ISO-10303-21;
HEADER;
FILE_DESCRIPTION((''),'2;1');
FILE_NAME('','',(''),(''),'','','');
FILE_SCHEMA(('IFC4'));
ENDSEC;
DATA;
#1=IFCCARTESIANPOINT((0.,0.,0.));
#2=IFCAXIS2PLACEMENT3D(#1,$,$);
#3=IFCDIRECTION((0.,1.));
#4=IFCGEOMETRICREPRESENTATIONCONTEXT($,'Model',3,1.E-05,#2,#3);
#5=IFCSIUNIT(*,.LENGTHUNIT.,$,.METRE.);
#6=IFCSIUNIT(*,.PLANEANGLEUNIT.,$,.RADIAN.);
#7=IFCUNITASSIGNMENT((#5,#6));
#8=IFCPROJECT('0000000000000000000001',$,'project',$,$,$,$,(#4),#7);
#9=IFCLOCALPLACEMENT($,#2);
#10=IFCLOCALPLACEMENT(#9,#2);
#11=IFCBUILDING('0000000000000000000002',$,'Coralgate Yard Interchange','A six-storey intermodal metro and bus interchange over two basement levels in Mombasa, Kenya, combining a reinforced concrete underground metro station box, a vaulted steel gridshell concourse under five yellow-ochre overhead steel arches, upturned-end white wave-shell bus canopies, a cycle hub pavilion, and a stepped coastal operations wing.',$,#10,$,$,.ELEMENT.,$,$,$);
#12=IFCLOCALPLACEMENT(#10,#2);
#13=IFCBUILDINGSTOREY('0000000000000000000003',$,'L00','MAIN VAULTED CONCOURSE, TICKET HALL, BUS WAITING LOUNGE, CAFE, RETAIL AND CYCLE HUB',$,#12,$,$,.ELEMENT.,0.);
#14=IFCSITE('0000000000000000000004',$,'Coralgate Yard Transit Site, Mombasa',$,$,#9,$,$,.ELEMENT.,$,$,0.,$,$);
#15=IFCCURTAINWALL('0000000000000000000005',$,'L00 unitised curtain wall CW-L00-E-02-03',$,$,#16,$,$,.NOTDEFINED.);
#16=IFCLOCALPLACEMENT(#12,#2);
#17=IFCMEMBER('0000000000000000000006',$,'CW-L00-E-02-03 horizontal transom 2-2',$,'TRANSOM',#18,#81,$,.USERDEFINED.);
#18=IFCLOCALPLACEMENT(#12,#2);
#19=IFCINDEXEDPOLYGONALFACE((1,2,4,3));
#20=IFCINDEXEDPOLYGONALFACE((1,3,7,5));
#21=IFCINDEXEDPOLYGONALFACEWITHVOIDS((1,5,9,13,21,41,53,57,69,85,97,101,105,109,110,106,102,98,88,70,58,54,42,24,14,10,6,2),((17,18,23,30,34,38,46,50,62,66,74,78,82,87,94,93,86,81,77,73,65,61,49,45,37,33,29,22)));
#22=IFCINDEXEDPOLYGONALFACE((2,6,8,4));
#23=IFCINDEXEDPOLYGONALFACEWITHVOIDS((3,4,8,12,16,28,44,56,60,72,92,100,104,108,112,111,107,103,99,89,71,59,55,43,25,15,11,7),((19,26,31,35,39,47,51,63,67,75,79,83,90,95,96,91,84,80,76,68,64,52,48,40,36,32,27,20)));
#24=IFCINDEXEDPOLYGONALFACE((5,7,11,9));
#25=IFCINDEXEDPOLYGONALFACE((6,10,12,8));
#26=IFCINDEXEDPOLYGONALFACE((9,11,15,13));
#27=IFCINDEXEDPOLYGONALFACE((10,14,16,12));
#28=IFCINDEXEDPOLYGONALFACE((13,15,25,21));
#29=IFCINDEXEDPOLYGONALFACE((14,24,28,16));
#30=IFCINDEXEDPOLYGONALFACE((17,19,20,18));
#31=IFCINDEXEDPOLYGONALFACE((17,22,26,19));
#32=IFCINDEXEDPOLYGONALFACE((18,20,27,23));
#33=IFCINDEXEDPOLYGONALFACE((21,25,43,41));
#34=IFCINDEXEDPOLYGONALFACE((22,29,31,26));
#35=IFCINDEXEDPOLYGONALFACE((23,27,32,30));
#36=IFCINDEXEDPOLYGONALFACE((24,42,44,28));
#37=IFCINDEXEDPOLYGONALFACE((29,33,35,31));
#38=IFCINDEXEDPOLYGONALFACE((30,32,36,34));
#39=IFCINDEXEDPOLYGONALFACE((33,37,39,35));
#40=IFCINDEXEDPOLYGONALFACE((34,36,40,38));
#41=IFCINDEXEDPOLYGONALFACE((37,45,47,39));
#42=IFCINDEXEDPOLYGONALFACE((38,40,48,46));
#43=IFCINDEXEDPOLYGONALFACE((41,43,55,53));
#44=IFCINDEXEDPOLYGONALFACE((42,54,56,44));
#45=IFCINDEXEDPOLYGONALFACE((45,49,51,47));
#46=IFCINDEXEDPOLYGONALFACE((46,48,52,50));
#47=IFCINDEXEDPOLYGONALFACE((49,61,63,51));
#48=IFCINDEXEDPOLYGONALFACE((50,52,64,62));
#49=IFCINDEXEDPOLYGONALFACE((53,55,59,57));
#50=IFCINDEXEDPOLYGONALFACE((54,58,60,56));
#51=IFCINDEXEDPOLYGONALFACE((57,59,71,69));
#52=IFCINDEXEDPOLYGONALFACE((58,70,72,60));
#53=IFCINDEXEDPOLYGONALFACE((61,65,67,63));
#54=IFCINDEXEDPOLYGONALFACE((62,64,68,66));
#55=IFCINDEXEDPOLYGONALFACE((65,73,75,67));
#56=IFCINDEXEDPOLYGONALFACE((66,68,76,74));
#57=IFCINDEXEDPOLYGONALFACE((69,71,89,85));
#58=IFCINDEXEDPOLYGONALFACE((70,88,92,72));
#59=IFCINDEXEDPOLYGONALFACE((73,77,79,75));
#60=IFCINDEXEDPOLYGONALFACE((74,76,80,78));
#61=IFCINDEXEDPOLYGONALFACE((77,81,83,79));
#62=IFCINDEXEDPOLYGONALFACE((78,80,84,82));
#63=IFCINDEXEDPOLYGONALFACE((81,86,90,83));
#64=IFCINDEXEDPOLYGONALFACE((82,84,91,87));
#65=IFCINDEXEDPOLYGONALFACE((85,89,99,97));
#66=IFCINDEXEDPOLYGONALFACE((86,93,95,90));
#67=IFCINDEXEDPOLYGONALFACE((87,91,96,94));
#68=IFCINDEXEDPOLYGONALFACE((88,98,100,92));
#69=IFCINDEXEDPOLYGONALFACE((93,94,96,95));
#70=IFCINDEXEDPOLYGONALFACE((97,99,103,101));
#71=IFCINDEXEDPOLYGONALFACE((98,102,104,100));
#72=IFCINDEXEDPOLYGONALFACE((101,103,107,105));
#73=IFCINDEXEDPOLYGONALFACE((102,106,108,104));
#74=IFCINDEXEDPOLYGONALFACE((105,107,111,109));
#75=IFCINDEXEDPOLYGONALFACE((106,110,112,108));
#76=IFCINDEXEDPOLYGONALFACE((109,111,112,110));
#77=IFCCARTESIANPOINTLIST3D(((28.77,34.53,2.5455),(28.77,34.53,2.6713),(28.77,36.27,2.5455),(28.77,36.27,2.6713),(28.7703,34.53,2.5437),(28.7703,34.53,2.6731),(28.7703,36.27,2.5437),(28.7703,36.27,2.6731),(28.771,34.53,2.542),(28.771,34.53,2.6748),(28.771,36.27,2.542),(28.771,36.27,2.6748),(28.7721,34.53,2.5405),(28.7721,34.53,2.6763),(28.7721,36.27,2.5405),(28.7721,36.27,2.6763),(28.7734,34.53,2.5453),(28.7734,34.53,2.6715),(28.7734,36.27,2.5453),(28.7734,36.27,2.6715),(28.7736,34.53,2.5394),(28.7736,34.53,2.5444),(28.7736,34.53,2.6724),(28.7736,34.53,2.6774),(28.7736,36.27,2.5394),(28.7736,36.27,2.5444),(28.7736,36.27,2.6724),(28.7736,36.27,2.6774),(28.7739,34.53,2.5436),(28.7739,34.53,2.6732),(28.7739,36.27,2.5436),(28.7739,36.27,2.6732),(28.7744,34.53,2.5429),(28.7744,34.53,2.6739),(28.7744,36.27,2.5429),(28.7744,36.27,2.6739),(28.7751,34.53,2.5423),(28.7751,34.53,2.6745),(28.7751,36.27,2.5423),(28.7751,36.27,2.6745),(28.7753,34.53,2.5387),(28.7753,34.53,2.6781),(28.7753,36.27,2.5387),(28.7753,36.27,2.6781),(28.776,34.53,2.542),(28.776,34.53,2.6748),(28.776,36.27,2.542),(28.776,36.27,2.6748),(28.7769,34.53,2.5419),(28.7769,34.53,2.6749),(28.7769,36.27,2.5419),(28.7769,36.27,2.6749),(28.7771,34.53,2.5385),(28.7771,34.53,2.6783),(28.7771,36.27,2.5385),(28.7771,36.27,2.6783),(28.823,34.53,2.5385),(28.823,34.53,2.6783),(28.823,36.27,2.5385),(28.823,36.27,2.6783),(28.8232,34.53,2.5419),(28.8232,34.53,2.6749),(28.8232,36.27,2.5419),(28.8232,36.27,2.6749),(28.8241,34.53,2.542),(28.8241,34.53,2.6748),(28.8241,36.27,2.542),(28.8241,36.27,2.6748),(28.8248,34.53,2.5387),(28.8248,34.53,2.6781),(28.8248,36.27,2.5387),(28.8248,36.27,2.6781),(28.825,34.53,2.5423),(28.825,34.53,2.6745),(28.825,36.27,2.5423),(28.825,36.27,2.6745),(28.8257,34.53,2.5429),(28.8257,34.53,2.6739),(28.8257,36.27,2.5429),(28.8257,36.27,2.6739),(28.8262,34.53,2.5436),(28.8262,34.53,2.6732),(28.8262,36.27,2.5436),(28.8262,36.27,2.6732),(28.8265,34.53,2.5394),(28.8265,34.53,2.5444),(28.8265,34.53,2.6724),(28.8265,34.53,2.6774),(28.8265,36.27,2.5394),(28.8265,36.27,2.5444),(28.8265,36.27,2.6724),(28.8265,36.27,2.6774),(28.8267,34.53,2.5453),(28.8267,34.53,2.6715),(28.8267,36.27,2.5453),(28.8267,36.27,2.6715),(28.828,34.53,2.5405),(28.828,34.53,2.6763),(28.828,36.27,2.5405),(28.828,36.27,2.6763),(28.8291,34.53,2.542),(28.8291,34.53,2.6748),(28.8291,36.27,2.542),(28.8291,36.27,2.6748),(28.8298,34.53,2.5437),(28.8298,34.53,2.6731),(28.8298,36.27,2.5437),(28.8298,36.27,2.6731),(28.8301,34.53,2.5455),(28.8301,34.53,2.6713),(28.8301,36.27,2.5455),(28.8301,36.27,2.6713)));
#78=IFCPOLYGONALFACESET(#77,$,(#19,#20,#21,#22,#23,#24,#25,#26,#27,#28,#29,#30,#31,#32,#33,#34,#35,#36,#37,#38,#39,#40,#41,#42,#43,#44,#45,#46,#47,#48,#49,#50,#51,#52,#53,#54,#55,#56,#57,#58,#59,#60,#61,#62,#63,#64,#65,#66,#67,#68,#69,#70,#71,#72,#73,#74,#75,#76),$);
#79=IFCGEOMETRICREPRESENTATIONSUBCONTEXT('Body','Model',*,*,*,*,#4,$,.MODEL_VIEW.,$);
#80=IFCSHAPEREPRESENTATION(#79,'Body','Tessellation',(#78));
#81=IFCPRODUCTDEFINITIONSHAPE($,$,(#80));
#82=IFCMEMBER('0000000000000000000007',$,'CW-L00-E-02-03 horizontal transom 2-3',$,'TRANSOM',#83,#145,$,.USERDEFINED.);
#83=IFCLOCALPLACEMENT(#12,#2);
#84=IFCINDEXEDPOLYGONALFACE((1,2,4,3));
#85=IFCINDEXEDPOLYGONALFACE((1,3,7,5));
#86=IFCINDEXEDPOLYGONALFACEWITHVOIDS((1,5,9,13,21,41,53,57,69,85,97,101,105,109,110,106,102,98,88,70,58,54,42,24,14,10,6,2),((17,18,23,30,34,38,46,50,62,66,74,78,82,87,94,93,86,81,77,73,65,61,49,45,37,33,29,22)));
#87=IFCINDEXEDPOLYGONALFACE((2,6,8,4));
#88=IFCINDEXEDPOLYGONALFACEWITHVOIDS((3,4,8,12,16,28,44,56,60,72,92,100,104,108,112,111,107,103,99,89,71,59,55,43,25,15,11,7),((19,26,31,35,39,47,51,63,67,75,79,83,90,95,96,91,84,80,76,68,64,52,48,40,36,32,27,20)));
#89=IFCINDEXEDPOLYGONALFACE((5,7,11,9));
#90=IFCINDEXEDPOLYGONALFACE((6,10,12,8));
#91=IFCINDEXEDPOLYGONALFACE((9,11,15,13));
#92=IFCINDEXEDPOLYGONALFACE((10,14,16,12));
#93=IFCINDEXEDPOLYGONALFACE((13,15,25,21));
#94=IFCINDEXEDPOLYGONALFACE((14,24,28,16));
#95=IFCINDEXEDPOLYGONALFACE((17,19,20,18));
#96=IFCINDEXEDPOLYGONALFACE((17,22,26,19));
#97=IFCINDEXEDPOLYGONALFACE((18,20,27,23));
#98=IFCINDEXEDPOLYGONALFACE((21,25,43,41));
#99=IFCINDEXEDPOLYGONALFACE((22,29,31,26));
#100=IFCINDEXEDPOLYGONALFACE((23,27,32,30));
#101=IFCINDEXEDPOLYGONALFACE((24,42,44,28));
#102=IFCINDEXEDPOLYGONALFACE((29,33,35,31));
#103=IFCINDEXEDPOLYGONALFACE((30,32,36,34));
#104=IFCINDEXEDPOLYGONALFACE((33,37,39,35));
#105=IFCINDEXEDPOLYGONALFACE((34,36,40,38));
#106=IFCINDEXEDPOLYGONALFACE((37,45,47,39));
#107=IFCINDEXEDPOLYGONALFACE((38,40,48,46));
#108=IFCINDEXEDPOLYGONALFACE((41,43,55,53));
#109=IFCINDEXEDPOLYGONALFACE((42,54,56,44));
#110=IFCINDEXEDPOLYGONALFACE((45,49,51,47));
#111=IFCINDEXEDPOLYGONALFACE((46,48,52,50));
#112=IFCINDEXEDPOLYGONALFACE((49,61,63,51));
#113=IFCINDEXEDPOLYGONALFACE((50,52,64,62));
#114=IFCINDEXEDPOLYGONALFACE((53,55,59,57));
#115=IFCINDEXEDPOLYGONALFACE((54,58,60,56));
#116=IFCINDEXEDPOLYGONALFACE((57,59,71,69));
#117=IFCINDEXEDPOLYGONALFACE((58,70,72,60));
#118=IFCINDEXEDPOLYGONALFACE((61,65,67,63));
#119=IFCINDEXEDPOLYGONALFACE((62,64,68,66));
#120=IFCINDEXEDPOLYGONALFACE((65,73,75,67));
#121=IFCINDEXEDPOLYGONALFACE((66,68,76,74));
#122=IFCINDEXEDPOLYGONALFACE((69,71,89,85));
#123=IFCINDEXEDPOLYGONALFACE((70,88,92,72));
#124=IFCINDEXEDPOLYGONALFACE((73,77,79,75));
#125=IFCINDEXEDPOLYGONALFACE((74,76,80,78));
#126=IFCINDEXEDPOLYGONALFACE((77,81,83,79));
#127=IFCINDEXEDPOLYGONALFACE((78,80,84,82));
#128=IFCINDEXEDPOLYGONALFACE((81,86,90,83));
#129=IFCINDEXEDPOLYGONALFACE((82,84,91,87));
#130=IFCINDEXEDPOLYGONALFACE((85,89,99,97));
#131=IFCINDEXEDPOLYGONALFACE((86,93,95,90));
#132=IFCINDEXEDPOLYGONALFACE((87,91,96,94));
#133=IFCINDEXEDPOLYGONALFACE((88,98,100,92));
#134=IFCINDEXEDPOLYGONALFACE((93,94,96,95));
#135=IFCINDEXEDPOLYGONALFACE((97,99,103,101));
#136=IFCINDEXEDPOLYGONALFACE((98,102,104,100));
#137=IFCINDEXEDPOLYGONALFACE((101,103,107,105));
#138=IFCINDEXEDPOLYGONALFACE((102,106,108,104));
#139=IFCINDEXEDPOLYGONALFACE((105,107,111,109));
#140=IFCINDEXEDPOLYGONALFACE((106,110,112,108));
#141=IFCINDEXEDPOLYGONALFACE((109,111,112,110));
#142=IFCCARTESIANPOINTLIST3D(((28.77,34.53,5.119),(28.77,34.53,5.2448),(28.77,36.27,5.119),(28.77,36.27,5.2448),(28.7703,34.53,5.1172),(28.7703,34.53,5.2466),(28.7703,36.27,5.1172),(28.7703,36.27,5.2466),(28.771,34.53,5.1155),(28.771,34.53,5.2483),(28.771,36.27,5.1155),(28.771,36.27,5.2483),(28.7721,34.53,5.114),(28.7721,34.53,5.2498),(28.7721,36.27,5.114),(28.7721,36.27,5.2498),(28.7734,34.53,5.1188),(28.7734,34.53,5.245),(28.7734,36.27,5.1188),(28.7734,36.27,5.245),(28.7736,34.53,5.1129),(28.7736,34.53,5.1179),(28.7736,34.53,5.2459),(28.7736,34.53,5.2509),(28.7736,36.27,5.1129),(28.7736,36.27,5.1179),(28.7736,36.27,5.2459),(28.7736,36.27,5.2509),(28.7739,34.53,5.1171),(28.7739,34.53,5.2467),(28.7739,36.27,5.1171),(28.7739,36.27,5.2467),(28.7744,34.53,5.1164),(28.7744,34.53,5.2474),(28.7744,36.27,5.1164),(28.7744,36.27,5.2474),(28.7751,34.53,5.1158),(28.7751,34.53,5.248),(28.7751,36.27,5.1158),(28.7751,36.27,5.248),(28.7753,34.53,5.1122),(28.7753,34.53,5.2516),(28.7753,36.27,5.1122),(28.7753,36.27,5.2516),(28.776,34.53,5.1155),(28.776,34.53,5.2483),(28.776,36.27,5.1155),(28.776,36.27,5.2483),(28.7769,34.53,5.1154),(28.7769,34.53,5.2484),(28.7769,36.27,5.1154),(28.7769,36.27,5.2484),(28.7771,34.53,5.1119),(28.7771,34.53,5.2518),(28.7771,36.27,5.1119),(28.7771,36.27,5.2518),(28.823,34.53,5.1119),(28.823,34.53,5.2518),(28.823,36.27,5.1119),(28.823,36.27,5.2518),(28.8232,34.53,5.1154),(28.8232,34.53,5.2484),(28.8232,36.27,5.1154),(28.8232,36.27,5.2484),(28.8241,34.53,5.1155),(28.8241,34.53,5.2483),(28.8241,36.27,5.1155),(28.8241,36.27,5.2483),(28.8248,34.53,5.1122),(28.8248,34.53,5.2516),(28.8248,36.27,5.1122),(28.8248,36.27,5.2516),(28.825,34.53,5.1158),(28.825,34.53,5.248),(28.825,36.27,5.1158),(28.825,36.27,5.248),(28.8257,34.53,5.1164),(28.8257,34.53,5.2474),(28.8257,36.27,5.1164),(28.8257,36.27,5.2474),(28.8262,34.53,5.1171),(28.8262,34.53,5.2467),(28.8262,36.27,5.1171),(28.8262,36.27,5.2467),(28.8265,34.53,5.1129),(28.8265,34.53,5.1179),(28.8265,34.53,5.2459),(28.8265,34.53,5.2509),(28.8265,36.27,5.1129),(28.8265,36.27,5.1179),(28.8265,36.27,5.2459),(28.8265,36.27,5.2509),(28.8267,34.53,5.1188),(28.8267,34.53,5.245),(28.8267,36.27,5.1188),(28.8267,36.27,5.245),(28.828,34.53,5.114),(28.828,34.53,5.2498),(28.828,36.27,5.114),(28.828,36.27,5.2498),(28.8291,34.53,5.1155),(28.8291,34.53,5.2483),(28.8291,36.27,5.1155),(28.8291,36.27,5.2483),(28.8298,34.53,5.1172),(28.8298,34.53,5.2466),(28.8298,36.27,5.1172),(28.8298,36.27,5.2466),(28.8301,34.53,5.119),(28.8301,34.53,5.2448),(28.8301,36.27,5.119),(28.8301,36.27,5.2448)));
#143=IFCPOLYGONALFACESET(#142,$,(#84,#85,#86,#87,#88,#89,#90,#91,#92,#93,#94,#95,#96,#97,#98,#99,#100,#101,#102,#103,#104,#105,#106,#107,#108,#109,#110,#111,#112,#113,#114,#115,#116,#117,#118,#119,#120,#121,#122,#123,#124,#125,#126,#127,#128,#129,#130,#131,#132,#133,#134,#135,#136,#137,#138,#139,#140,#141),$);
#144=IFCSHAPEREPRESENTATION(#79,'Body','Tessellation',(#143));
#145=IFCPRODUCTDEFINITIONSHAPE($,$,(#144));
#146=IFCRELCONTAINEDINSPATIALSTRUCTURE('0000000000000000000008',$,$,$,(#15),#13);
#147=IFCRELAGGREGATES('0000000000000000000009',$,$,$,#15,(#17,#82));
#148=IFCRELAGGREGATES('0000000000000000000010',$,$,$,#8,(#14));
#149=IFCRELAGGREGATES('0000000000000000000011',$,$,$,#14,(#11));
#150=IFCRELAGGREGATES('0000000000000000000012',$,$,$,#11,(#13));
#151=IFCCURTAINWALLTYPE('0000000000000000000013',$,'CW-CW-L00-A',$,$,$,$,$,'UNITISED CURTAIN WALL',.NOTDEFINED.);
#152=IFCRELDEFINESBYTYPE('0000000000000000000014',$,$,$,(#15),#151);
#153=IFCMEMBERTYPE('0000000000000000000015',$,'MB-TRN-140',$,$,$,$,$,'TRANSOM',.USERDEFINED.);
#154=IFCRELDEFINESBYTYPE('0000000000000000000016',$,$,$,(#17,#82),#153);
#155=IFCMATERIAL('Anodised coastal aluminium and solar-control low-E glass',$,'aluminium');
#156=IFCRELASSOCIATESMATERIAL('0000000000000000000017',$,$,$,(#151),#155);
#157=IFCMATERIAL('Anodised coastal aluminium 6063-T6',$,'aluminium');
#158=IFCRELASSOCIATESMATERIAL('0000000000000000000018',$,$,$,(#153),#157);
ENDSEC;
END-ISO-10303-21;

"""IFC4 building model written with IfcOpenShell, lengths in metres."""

from ifc_helpers import new_model, si_unit, direction, frame, origin, origin_2d, place, context, subcontext, project, spatial, hollow_rectangle, extrude, material, material_profile, profile_set, type_object, element, aggregate, save


model = new_model("IFC4")

# Units and contexts
model_context = context("Model", 3, precision=1e-05, world=origin(), true_north=direction((0.0, 1.0)))
body_context = subcontext(model_context, "Body", "Model", "MODEL_VIEW")
ifc_project = project(units=[si_unit("LENGTHUNIT", "METRE"), si_unit("PLANEANGLEUNIT", "RADIAN")], contexts=[model_context])

# Site, building, storey
site_placement = place(None, origin())
site = spatial("IfcSite", under=ifc_project, at=site_placement, Name="Coralgate Yard Transit Site, Mombasa", CompositionType="ELEMENT", RefElevation=0.0)
building_placement = place(site_placement, origin())
building = spatial("IfcBuilding", under=site, at=building_placement, Name="Coralgate Yard Interchange", Description="A six-storey intermodal metro and bus interchange over two basement levels in Mombasa, Kenya, combining a reinforced concrete underground metro station box, a vaulted steel gridshell concourse under five yellow-ochre overhead steel arches, upturned-end white wave-shell bus canopies, a cycle hub pavilion, and a stepped coastal operations wing.", CompositionType="ELEMENT")
storey_placement = place(building_placement, origin())
storey = spatial("IfcBuildingStorey", under=building, at=storey_placement, Name="L00", Description="MAIN VAULTED CONCOURSE, TICKET HALL, BUS WAITING LOUNGE, CAFE, RETAIL AND CYCLE HUB", CompositionType="ELEMENT", Elevation=0.0)

# Curtain wall, members
ifc_material_1 = material(Name="Anodised coastal aluminium and solar-control low-E glass", Category="aluminium")
curtain_wall_type = type_object("IfcCurtainWallType", Name="CW-CW-L00-A", ElementType="UNITISED CURTAIN WALL", PredefinedType="NOTDEFINED", material=ifc_material_1)
curtain_wall_placement = place(storey_placement, origin())
curtain_wall = element("IfcCurtainWall", 1, at=curtain_wall_placement, inside=storey, type_object=curtain_wall_type, Name="L00 unitised curtain wall CW-L00-E-02-03", PredefinedType="NOTDEFINED")
ifc_material_2 = material(Name="Anodised coastal aluminium 6063-T6", Category="aluminium")
ifc_material_profile_1 = material_profile(ifc_material_2, hollow_rectangle(XDim=0.0601, YDim=0.1399, WallThickness=0.0034, InnerFilletRadius=0.0034, OuterFilletRadius=0.0071, at=origin_2d()), Name="ALU 60x140x3.5")
ifc_profile_set_1 = profile_set([ifc_material_profile_1], Name="Anodised coastal aluminium 6063-T6")
member_type_1 = type_object("IfcMemberType", Name="MB-TRN-140", ElementType="TRANSOM", PredefinedType="USERDEFINED", material=ifc_profile_set_1)
member_1_placement = place(storey_placement, frame((28.8, 36.27, 2.6084), z_axis=(0.0, -1.0, 0.0), x_axis=(1.0, 0.0, 0.0)))
member_1 = element("IfcMember", 2, at=member_1_placement, type_object=member_type_1, Name="CW-L00-E-02-03 horizontal transom 2-2", ObjectType="TRANSOM", PredefinedType="USERDEFINED", context=body_context, shape_type="SweptSolid", body=[
    extrude(hollow_rectangle(XDim=0.0601, YDim=0.1399, WallThickness=0.0034, InnerFilletRadius=0.0034, OuterFilletRadius=0.0071, at=origin_2d()), origin(), (0.0, 0.0, 1.0), 1.74),
])
member_2_placement = place(storey_placement, frame((28.8, 36.27, 5.1819), z_axis=(0.0, -1.0, 0.0), x_axis=(1.0, 0.0, 0.0)))
member_2 = element("IfcMember", 3, at=member_2_placement, type_object=member_type_1, Name="CW-L00-E-02-03 horizontal transom 2-3", ObjectType="TRANSOM", PredefinedType="USERDEFINED", context=body_context, shape_type="SweptSolid", body=[
    extrude(hollow_rectangle(XDim=0.0601, YDim=0.1399, WallThickness=0.0034, InnerFilletRadius=0.0034, OuterFilletRadius=0.0071, at=origin_2d()), origin(), (0.0, 0.0, 1.0), 1.74),
])
aggregate(curtain_wall, [member_1, member_2])

save(model, "model.ifc")
